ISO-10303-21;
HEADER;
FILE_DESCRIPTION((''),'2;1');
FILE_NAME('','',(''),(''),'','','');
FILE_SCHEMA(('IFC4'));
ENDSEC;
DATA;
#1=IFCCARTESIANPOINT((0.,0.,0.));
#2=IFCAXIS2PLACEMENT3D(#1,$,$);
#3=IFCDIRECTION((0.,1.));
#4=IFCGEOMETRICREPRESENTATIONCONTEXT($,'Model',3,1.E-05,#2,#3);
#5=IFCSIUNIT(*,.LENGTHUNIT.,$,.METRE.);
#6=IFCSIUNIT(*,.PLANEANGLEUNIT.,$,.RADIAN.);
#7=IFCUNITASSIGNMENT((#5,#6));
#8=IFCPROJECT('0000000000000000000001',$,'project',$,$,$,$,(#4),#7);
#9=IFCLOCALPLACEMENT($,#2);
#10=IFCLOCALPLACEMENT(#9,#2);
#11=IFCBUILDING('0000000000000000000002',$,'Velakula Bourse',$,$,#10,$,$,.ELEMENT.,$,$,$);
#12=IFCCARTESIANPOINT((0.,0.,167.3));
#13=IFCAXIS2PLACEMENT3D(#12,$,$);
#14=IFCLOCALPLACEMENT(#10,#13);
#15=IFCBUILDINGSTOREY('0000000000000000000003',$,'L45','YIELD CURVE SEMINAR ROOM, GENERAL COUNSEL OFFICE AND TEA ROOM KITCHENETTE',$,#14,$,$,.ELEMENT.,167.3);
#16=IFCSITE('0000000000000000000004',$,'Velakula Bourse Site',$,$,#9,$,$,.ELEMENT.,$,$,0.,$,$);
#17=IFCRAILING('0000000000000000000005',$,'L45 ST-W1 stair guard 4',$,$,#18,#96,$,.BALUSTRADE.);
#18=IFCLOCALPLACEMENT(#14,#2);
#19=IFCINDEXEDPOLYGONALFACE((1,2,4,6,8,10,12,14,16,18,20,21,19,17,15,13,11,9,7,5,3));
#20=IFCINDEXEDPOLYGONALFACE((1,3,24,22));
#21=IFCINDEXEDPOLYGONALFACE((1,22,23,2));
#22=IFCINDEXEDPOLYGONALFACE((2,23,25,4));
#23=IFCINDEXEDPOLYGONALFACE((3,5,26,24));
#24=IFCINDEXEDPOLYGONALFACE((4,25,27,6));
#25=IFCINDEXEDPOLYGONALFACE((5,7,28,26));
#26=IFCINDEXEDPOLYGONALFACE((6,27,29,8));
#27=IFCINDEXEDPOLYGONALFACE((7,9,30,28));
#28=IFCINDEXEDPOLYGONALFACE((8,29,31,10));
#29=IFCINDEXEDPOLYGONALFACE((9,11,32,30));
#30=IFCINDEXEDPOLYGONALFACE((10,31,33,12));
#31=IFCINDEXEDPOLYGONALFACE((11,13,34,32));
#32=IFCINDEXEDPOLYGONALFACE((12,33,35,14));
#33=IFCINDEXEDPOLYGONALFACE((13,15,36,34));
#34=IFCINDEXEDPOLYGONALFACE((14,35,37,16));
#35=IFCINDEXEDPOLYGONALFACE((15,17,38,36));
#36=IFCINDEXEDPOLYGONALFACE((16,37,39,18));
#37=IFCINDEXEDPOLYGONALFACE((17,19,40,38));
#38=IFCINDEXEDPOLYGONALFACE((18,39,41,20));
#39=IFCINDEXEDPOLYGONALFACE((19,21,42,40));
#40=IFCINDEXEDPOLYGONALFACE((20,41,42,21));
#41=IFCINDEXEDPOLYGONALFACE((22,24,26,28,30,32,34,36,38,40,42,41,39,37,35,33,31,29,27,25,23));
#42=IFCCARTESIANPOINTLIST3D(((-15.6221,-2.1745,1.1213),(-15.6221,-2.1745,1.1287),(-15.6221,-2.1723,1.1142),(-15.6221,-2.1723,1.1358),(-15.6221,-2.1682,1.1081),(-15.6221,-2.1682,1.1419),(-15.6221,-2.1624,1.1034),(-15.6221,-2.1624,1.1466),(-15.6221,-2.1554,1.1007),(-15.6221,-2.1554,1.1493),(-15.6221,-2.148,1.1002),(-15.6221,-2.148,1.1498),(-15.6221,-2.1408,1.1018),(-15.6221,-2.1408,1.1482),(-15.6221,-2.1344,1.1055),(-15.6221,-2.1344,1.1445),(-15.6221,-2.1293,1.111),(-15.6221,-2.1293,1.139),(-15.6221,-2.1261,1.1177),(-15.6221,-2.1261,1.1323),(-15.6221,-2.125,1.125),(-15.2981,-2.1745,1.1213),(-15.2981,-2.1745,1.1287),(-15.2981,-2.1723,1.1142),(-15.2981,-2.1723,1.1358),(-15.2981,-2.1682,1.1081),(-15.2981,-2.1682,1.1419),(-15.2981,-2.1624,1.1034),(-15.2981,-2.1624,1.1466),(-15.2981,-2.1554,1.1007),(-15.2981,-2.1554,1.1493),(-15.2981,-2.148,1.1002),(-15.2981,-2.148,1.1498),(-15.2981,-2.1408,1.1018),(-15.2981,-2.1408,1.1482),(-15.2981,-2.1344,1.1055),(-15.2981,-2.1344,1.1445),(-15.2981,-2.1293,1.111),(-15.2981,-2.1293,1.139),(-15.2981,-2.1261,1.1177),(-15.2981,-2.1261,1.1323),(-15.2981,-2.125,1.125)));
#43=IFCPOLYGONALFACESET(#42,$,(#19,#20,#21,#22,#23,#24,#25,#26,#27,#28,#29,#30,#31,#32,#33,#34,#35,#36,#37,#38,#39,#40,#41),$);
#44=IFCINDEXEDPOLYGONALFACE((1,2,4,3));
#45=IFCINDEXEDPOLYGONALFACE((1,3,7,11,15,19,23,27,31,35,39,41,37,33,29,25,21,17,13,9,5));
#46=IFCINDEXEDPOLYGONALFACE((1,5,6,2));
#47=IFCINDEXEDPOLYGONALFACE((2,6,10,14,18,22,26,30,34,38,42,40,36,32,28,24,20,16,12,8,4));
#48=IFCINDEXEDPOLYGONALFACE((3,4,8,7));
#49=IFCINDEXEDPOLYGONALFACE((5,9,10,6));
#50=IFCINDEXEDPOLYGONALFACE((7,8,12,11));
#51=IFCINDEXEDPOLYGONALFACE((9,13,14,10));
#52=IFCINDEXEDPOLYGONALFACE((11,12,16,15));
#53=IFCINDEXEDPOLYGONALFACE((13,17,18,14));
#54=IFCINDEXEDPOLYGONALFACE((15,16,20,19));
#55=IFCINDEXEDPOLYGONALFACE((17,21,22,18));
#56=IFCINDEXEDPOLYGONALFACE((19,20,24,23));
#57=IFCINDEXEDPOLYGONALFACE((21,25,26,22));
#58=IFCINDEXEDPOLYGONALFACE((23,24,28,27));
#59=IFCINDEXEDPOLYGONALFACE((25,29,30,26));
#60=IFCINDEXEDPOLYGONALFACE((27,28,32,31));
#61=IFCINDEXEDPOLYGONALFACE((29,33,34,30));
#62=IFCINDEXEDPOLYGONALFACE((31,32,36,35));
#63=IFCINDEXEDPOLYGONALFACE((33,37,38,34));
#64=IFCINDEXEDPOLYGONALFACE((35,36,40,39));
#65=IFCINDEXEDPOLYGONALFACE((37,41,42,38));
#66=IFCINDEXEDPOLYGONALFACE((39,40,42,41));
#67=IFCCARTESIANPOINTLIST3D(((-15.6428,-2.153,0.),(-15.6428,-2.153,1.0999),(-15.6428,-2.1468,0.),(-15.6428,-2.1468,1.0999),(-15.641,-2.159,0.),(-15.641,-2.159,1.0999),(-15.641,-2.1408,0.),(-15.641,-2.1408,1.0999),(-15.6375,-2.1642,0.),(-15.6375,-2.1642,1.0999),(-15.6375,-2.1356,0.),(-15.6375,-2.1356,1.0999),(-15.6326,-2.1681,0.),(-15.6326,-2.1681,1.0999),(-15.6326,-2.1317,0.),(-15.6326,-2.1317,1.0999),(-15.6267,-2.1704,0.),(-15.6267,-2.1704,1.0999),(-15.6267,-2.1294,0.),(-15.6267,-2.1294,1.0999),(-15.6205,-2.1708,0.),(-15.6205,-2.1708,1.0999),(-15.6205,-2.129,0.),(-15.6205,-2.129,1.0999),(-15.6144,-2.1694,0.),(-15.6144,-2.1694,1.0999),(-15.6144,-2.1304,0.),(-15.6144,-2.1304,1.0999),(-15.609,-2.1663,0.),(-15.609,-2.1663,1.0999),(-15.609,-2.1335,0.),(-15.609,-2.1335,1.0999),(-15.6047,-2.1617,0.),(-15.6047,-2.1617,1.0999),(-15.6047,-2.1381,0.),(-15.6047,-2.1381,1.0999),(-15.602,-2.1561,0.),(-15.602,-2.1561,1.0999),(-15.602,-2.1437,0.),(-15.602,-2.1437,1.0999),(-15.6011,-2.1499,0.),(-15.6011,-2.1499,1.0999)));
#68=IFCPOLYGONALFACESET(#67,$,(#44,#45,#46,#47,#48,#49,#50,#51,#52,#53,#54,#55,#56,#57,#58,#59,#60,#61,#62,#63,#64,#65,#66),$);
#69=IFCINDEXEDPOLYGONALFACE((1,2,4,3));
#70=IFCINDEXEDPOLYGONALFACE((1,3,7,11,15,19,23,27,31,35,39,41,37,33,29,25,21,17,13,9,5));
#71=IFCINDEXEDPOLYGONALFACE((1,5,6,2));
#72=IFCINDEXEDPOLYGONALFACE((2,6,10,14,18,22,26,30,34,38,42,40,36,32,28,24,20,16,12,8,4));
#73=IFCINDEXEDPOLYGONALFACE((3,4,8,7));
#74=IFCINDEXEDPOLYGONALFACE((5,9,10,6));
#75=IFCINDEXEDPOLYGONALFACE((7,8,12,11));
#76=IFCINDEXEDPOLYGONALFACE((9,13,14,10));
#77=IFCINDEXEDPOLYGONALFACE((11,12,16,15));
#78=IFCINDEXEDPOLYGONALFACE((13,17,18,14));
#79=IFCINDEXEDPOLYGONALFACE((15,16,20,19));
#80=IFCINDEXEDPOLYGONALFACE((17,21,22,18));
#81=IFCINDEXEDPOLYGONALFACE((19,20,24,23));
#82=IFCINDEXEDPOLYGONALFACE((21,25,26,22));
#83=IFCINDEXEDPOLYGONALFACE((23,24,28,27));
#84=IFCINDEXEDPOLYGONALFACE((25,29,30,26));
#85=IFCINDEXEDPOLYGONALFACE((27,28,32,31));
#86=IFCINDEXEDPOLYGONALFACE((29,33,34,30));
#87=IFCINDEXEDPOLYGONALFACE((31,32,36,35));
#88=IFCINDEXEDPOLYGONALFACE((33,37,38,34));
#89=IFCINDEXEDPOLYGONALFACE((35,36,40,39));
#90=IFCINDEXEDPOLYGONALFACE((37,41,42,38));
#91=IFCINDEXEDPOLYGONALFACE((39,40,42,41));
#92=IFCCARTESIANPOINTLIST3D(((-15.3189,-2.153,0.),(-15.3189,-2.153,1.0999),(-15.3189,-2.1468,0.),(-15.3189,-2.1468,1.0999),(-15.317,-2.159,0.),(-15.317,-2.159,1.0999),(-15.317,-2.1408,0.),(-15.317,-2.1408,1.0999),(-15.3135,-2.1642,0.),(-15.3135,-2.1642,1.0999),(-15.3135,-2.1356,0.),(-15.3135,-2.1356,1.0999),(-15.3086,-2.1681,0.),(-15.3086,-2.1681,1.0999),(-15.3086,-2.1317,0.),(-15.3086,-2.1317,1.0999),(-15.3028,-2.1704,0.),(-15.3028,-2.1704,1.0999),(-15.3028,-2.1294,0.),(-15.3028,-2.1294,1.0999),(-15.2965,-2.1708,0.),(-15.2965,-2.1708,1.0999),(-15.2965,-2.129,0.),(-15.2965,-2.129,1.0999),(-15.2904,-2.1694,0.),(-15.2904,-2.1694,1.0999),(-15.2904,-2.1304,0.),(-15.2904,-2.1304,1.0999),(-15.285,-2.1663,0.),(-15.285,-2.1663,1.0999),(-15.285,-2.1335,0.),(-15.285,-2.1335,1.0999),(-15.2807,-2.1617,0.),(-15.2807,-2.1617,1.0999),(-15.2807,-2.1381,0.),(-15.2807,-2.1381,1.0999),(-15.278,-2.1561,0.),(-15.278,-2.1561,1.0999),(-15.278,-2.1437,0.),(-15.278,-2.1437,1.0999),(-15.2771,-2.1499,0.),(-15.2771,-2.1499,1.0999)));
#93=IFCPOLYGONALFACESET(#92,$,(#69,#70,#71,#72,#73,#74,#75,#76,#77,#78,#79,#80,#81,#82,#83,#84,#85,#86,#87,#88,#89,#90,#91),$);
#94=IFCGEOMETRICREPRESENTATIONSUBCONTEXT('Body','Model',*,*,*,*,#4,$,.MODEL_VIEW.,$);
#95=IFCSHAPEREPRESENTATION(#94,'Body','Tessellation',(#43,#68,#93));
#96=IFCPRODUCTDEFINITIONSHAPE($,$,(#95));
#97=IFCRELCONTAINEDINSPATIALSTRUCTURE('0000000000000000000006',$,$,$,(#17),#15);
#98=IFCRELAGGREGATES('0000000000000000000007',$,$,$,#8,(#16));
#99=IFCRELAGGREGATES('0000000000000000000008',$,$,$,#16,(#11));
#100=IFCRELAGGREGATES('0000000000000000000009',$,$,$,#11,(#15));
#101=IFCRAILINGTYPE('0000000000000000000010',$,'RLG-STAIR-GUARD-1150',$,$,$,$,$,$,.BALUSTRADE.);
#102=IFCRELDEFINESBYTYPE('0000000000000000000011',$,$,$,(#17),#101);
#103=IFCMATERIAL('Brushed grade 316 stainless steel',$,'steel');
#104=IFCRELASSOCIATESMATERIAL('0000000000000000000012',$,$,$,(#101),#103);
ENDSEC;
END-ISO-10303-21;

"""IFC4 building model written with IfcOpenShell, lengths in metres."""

from ifc_helpers import new_model, si_unit, direction, frame, origin, origin_2d, place, context, subcontext, project, spatial, circle, extrude, material, type_object, element, save


model = new_model("IFC4")

# Units and contexts
model_context = context("Model", 3, precision=1e-05, world=origin(), true_north=direction((0.0, 1.0)))
body_context = subcontext(model_context, "Body", "Model", "MODEL_VIEW")
ifc_project = project(units=[si_unit("LENGTHUNIT", "METRE"), si_unit("PLANEANGLEUNIT", "RADIAN")], contexts=[model_context])

# Site, building, storey
site_placement = place(None, origin())
site = spatial("IfcSite", under=ifc_project, at=site_placement, Name="Velakula Bourse Site", CompositionType="ELEMENT", RefElevation=0.0)
building_placement = place(site_placement, origin())
building = spatial("IfcBuilding", under=site, at=building_placement, Name="Velakula Bourse", CompositionType="ELEMENT")
storey_placement = place(building_placement, frame((0.0, 0.0, 167.3)))
storey = spatial("IfcBuildingStorey", under=building, at=storey_placement, Name="L45", Description="YIELD CURVE SEMINAR ROOM, GENERAL COUNSEL OFFICE AND TEA ROOM KITCHENETTE", CompositionType="ELEMENT", Elevation=167.3)

# Railing
ifc_material_1 = material(Name="Brushed grade 316 stainless steel", Category="steel")
railing_type_1 = type_object("IfcRailingType", Name="RLG-STAIR-GUARD-1150", PredefinedType="BALUSTRADE", material=ifc_material_1)
railing_1_placement = place(storey_placement, frame((-15.6221, -2.1499, 0.0)))
element("IfcRailing", 1, at=railing_1_placement, inside=storey, type_object=railing_type_1, Name="L45 ST-W1 stair guard 4", PredefinedType="BALUSTRADE", context=body_context, shape_type="SweptSolid", body=[
    extrude(circle(Radius=0.0249, at=origin_2d()), frame((0.0, 0.0, 1.125), z_axis=(1.0, 0.0, 0.0), x_axis=(0.0, 1.0, 0.0)), (0.0, 0.0, 1.0), 0.324),
    extrude(circle(Radius=0.021, at=origin_2d()), origin(), (0.0, 0.0, 1.0), 1.0999),
    extrude(circle(Radius=0.021, at=origin_2d()), frame((0.324, 0.0, 0.0)), (0.0, 0.0, 1.0), 1.0999),
])

save(model, "model.ifc")
